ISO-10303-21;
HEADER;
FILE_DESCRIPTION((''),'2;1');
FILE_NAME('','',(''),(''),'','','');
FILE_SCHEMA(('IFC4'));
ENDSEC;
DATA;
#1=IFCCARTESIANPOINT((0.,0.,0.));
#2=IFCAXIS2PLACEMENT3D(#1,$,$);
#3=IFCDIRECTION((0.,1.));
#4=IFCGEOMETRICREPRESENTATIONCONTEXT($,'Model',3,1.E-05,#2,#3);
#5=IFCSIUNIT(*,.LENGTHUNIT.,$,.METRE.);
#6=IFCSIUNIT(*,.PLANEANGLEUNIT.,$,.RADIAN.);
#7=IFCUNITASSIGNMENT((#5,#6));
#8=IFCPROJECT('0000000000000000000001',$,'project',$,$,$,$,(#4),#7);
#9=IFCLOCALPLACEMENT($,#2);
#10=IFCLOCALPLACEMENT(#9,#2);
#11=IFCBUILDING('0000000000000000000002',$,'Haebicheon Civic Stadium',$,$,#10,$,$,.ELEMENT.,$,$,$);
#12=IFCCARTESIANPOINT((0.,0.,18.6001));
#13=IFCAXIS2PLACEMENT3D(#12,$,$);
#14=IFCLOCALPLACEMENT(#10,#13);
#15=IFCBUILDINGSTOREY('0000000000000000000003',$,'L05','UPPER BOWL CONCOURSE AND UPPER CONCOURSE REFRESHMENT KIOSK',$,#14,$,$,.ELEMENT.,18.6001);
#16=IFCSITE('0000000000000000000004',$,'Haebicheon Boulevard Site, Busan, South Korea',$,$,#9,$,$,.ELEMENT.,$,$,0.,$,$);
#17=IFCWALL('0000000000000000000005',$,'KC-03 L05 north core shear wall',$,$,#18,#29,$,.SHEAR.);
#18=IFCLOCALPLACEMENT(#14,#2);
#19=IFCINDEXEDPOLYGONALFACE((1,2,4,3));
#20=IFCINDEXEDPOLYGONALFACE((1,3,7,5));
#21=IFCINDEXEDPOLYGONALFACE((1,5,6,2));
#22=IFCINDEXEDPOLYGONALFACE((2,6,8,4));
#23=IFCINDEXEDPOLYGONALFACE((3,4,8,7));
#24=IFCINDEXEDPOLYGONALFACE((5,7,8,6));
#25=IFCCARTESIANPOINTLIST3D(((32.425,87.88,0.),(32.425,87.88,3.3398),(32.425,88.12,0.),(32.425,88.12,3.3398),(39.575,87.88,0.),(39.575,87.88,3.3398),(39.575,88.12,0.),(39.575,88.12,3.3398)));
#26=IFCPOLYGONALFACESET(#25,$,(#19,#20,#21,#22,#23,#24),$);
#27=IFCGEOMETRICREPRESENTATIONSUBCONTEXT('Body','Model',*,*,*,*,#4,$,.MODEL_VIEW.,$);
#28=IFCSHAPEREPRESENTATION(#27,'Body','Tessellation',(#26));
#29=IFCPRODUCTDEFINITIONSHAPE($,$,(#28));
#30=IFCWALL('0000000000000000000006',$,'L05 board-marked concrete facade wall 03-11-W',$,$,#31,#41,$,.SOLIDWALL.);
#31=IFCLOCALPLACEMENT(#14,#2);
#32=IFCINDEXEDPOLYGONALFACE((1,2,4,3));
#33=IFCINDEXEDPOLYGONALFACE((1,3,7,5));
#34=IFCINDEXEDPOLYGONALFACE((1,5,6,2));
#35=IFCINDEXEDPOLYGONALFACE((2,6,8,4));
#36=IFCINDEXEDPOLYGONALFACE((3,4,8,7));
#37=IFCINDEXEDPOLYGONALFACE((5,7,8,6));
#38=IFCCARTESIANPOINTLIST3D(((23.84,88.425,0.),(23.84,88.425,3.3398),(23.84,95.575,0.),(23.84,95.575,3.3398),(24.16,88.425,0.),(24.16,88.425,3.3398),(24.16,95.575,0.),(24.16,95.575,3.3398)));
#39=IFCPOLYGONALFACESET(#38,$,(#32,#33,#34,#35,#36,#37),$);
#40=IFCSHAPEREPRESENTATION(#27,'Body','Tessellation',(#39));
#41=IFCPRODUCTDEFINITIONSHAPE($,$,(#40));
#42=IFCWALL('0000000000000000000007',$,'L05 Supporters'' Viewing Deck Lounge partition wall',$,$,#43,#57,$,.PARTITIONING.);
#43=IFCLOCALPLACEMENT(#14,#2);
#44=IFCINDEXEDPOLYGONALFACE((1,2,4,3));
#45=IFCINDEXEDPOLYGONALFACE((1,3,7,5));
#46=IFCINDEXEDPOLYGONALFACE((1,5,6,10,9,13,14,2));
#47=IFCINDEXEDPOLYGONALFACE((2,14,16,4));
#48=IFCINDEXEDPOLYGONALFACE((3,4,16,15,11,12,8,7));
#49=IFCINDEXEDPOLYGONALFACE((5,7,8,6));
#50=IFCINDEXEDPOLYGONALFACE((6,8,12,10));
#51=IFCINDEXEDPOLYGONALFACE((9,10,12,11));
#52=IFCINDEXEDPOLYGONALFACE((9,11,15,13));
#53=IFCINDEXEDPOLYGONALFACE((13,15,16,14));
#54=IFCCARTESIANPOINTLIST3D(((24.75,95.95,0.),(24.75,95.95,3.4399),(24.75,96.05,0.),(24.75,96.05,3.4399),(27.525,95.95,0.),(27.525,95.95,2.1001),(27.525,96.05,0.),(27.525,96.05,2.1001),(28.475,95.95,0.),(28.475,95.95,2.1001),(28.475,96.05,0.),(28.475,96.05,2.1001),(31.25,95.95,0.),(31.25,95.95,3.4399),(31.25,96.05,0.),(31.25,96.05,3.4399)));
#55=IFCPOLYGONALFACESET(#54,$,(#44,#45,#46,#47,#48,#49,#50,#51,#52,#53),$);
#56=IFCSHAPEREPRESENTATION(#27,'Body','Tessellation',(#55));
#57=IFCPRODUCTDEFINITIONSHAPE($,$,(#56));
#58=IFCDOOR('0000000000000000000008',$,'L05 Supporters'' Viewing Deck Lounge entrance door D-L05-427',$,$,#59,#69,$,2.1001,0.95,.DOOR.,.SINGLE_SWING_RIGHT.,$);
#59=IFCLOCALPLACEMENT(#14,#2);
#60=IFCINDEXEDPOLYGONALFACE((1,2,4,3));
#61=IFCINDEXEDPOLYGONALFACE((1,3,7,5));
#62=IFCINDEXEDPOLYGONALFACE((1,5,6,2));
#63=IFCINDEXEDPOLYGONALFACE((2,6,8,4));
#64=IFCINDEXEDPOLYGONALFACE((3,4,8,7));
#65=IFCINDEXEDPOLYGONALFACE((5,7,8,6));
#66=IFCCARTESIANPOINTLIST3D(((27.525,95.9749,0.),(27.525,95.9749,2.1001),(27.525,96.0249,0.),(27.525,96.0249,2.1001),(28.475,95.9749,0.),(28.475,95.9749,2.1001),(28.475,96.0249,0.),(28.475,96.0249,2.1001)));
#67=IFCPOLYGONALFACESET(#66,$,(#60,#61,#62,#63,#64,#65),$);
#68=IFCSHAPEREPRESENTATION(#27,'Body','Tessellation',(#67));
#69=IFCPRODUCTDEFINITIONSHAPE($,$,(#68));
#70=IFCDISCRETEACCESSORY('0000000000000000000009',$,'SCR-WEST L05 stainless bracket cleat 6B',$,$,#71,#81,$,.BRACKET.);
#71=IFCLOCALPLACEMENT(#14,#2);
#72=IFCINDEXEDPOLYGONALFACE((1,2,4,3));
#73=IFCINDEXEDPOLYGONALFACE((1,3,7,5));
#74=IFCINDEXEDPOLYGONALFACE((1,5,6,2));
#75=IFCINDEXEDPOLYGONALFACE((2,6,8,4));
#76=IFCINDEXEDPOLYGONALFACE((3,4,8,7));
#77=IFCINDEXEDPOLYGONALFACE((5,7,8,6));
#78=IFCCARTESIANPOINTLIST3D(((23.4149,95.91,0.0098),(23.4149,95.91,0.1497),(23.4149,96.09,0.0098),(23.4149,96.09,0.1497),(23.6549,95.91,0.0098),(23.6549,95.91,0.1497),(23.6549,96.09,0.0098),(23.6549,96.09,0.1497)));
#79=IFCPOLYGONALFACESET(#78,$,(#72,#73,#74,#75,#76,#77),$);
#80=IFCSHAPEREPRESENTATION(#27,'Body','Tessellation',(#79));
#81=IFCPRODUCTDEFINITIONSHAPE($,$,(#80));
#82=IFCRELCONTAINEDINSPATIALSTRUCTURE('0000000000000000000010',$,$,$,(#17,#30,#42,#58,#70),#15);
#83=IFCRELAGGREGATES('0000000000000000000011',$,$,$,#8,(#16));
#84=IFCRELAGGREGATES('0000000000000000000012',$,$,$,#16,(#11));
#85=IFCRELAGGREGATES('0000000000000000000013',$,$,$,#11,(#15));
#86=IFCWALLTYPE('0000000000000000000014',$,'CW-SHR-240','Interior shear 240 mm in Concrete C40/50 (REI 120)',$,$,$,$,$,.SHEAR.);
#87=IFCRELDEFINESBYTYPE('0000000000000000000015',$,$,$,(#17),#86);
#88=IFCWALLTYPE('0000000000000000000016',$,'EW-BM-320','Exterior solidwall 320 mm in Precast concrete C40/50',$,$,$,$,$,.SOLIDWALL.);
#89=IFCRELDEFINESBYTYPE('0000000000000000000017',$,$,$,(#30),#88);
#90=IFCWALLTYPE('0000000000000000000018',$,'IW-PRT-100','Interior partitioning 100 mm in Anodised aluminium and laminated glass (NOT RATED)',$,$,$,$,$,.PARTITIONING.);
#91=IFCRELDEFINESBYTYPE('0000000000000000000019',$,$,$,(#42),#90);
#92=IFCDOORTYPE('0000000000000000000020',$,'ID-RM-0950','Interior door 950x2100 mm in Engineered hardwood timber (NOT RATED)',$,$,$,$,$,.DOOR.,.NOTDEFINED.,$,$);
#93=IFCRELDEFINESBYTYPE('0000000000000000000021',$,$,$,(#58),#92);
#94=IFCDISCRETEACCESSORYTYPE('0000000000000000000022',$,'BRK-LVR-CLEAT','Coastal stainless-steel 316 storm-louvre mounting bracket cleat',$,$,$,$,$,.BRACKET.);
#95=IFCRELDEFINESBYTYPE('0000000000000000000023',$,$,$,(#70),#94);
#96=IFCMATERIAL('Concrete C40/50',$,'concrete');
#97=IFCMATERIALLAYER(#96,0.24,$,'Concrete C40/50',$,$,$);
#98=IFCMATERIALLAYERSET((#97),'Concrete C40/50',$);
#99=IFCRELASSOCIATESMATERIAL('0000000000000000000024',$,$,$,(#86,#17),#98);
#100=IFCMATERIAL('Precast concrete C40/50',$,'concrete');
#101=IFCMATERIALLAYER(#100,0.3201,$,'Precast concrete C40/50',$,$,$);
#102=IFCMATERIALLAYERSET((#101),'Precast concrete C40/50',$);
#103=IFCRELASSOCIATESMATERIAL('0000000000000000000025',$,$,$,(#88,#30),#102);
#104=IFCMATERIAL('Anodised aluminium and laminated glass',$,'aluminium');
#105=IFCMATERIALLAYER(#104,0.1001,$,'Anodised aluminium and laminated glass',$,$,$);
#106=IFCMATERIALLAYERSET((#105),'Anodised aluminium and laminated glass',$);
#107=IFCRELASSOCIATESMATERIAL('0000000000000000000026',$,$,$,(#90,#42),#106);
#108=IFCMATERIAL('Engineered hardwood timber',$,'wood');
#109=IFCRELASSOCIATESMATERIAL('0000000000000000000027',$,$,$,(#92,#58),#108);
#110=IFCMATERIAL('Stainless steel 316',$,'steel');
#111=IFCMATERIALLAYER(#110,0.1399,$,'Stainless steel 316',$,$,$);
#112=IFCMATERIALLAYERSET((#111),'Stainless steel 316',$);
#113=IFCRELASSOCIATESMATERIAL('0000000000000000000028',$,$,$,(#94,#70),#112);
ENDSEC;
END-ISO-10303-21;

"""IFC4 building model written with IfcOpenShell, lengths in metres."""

from ifc_helpers import new_model, si_unit, direction, frame, frame_2d, origin, origin_2d, place, context, subcontext, project, spatial, rectangle, extrude, material, layer, layer_set, type_object, element, fill, save


model = new_model("IFC4")

# Units and contexts
model_context = context("Model", 3, precision=1e-05, world=origin(), true_north=direction((0.0, 1.0)))
body_context = subcontext(model_context, "Body", "Model", "MODEL_VIEW")
ifc_project = project(units=[si_unit("LENGTHUNIT", "METRE"), si_unit("PLANEANGLEUNIT", "RADIAN")], contexts=[model_context])

# Site, building, storey
site_placement = place(None, origin())
site = spatial("IfcSite", under=ifc_project, at=site_placement, Name="Haebicheon Boulevard Site, Busan, South Korea", CompositionType="ELEMENT", RefElevation=0.0)
building_placement = place(site_placement, origin())
building = spatial("IfcBuilding", under=site, at=building_placement, Name="Haebicheon Civic Stadium", CompositionType="ELEMENT")
storey_placement = place(building_placement, frame((0.0, 0.0, 18.6001)))
storey = spatial("IfcBuildingStorey", under=building, at=storey_placement, Name="L05", Description="UPPER BOWL CONCOURSE AND UPPER CONCOURSE REFRESHMENT KIOSK", CompositionType="ELEMENT", Elevation=18.6001)

# Walls
ifc_material_1 = material(Name="Concrete C40/50", Category="concrete")
ifc_layer_1 = layer(ifc_material_1, 0.24, Name="Concrete C40/50")
ifc_layer_set_1 = layer_set([ifc_layer_1], Name="Concrete C40/50")
wall_type_1 = type_object("IfcWallType", Name="CW-SHR-240", Description="Interior shear 240 mm in Concrete C40/50 (REI 120)", PredefinedType="SHEAR", material=ifc_layer_set_1)
wall_1_placement = place(storey_placement, frame((32.425, 88.0, 0.0), z_axis=(0.0, 0.0, 1.0), x_axis=(1.0, 0.0, 0.0)))
element("IfcWall", 1, at=wall_1_placement, inside=storey, type_object=wall_type_1, material=ifc_layer_set_1, Name="KC-03 L05 north core shear wall", PredefinedType="SHEAR", context=body_context, shape_type="SweptSolid", body=[
    extrude(rectangle(XDim=7.1499, YDim=0.24, at=frame_2d((3.575, 0.0))), origin(), (0.0, 0.0, 1.0), 3.3398),
])
ifc_material_2 = material(Name="Precast concrete C40/50", Category="concrete")
ifc_layer_2 = layer(ifc_material_2, 0.3201, Name="Precast concrete C40/50")
ifc_layer_set_2 = layer_set([ifc_layer_2], Name="Precast concrete C40/50")
wall_type_2 = type_object("IfcWallType", Name="EW-BM-320", Description="Exterior solidwall 320 mm in Precast concrete C40/50", PredefinedType="SOLIDWALL", material=ifc_layer_set_2)
wall_2_placement = place(storey_placement, frame((24.0, 88.425, 0.0), z_axis=(0.0, 0.0, 1.0), x_axis=(0.0, 1.0, 0.0)))
element("IfcWall", 2, at=wall_2_placement, inside=storey, type_object=wall_type_2, material=ifc_layer_set_2, Name="L05 board-marked concrete facade wall 03-11-W", PredefinedType="SOLIDWALL", context=body_context, shape_type="SweptSolid", body=[
    extrude(rectangle(XDim=7.1499, YDim=0.3201, at=frame_2d((3.575, 0.0))), origin(), (0.0, 0.0, 1.0), 3.3398),
])

# Wall, opening, door
ifc_material_3 = material(Name="Anodised aluminium and laminated glass", Category="aluminium")
ifc_layer_3 = layer(ifc_material_3, 0.1001, Name="Anodised aluminium and laminated glass")
ifc_layer_set_3 = layer_set([ifc_layer_3], Name="Anodised aluminium and laminated glass")
wall_type_3 = type_object("IfcWallType", Name="IW-PRT-100", Description="Interior partitioning 100 mm in Anodised aluminium and laminated glass (NOT RATED)", PredefinedType="PARTITIONING", material=ifc_layer_set_3)
wall_3_placement = place(storey_placement, frame((24.75, 96.0, 0.0), z_axis=(0.0, 0.0, 1.0), x_axis=(1.0, 0.0, 0.0)))
wall_3 = element("IfcWall", 3, at=wall_3_placement, inside=storey, type_object=wall_type_3, material=ifc_layer_set_3, Name="L05 Supporters' Viewing Deck Lounge partition wall", PredefinedType="PARTITIONING", context=body_context, shape_type="SweptSolid", body=[
    extrude(rectangle(XDim=6.5, YDim=0.1001, at=frame_2d((3.25, 0.0))), origin(), (0.0, 0.0, 1.0), 3.4399),
])
opening_placement = place(wall_3_placement, frame((2.7749, 0.0, 0.0)))
opening = element("IfcOpeningElement", 4, at=opening_placement, cuts=wall_3, PredefinedType="OPENING", context=body_context, shape_type="SweptSolid", body=[
    extrude(rectangle(XDim=0.95, YDim=2.1001, at=frame_2d((0.4751, 1.05))), frame((0.0, 0.0601, 0.0), z_axis=(0.0, -1.0, 0.0), x_axis=(1.0, 0.0, 0.0)), (0.0, 0.0, 1.0), 0.1201),
])
ifc_material_4 = material(Name="Engineered hardwood timber", Category="wood")
door_type = type_object("IfcDoorType", Name="ID-RM-0950", Description="Interior door 950x2100 mm in Engineered hardwood timber (NOT RATED)", OperationType="NOTDEFINED", PredefinedType="DOOR", material=ifc_material_4)
door_placement = place(opening_placement, origin())
door = element("IfcDoor", 5, at=door_placement, inside=storey, type_object=door_type, material=ifc_material_4, Name="L05 Supporters' Viewing Deck Lounge entrance door D-L05-427", OperationType="SINGLE_SWING_RIGHT", OverallHeight=2.1001, OverallWidth=0.95, PredefinedType="DOOR", context=body_context, shape_type="SweptSolid", body=[
    extrude(rectangle(XDim=0.95, YDim=2.1001, at=frame_2d((0.4751, 1.05))), frame((0.0, 0.0249, 0.0), z_axis=(0.0, -1.0, 0.0), x_axis=(1.0, 0.0, 0.0)), (0.0, 0.0, 1.0), 0.05),
])
fill(opening, door)

# Discrete accessory
ifc_material_5 = material(Name="Stainless steel 316", Category="steel")
ifc_layer_4 = layer(ifc_material_5, 0.1399, Name="Stainless steel 316")
ifc_layer_set_4 = layer_set([ifc_layer_4], Name="Stainless steel 316")
discrete_accessory_type = type_object("IfcDiscreteAccessoryType", Name="BRK-LVR-CLEAT", Description="Coastal stainless-steel 316 storm-louvre mounting bracket cleat", PredefinedType="BRACKET", material=ifc_layer_set_4)
discrete_accessory_placement = place(storey_placement, frame((23.5349, 96.0, 0.0098), z_axis=(0.0, 0.0, 1.0), x_axis=(1.0, 0.0, 0.0)))
element("IfcDiscreteAccessory", 6, at=discrete_accessory_placement, inside=storey, type_object=discrete_accessory_type, material=ifc_layer_set_4, Name="SCR-WEST L05 stainless bracket cleat 6B", PredefinedType="BRACKET", context=body_context, shape_type="SweptSolid", body=[
    extrude(rectangle(XDim=0.24, YDim=0.1799, at=origin_2d()), origin(), (0.0, 0.0, 1.0), 0.1399),
])

save(model, "model.ifc")
